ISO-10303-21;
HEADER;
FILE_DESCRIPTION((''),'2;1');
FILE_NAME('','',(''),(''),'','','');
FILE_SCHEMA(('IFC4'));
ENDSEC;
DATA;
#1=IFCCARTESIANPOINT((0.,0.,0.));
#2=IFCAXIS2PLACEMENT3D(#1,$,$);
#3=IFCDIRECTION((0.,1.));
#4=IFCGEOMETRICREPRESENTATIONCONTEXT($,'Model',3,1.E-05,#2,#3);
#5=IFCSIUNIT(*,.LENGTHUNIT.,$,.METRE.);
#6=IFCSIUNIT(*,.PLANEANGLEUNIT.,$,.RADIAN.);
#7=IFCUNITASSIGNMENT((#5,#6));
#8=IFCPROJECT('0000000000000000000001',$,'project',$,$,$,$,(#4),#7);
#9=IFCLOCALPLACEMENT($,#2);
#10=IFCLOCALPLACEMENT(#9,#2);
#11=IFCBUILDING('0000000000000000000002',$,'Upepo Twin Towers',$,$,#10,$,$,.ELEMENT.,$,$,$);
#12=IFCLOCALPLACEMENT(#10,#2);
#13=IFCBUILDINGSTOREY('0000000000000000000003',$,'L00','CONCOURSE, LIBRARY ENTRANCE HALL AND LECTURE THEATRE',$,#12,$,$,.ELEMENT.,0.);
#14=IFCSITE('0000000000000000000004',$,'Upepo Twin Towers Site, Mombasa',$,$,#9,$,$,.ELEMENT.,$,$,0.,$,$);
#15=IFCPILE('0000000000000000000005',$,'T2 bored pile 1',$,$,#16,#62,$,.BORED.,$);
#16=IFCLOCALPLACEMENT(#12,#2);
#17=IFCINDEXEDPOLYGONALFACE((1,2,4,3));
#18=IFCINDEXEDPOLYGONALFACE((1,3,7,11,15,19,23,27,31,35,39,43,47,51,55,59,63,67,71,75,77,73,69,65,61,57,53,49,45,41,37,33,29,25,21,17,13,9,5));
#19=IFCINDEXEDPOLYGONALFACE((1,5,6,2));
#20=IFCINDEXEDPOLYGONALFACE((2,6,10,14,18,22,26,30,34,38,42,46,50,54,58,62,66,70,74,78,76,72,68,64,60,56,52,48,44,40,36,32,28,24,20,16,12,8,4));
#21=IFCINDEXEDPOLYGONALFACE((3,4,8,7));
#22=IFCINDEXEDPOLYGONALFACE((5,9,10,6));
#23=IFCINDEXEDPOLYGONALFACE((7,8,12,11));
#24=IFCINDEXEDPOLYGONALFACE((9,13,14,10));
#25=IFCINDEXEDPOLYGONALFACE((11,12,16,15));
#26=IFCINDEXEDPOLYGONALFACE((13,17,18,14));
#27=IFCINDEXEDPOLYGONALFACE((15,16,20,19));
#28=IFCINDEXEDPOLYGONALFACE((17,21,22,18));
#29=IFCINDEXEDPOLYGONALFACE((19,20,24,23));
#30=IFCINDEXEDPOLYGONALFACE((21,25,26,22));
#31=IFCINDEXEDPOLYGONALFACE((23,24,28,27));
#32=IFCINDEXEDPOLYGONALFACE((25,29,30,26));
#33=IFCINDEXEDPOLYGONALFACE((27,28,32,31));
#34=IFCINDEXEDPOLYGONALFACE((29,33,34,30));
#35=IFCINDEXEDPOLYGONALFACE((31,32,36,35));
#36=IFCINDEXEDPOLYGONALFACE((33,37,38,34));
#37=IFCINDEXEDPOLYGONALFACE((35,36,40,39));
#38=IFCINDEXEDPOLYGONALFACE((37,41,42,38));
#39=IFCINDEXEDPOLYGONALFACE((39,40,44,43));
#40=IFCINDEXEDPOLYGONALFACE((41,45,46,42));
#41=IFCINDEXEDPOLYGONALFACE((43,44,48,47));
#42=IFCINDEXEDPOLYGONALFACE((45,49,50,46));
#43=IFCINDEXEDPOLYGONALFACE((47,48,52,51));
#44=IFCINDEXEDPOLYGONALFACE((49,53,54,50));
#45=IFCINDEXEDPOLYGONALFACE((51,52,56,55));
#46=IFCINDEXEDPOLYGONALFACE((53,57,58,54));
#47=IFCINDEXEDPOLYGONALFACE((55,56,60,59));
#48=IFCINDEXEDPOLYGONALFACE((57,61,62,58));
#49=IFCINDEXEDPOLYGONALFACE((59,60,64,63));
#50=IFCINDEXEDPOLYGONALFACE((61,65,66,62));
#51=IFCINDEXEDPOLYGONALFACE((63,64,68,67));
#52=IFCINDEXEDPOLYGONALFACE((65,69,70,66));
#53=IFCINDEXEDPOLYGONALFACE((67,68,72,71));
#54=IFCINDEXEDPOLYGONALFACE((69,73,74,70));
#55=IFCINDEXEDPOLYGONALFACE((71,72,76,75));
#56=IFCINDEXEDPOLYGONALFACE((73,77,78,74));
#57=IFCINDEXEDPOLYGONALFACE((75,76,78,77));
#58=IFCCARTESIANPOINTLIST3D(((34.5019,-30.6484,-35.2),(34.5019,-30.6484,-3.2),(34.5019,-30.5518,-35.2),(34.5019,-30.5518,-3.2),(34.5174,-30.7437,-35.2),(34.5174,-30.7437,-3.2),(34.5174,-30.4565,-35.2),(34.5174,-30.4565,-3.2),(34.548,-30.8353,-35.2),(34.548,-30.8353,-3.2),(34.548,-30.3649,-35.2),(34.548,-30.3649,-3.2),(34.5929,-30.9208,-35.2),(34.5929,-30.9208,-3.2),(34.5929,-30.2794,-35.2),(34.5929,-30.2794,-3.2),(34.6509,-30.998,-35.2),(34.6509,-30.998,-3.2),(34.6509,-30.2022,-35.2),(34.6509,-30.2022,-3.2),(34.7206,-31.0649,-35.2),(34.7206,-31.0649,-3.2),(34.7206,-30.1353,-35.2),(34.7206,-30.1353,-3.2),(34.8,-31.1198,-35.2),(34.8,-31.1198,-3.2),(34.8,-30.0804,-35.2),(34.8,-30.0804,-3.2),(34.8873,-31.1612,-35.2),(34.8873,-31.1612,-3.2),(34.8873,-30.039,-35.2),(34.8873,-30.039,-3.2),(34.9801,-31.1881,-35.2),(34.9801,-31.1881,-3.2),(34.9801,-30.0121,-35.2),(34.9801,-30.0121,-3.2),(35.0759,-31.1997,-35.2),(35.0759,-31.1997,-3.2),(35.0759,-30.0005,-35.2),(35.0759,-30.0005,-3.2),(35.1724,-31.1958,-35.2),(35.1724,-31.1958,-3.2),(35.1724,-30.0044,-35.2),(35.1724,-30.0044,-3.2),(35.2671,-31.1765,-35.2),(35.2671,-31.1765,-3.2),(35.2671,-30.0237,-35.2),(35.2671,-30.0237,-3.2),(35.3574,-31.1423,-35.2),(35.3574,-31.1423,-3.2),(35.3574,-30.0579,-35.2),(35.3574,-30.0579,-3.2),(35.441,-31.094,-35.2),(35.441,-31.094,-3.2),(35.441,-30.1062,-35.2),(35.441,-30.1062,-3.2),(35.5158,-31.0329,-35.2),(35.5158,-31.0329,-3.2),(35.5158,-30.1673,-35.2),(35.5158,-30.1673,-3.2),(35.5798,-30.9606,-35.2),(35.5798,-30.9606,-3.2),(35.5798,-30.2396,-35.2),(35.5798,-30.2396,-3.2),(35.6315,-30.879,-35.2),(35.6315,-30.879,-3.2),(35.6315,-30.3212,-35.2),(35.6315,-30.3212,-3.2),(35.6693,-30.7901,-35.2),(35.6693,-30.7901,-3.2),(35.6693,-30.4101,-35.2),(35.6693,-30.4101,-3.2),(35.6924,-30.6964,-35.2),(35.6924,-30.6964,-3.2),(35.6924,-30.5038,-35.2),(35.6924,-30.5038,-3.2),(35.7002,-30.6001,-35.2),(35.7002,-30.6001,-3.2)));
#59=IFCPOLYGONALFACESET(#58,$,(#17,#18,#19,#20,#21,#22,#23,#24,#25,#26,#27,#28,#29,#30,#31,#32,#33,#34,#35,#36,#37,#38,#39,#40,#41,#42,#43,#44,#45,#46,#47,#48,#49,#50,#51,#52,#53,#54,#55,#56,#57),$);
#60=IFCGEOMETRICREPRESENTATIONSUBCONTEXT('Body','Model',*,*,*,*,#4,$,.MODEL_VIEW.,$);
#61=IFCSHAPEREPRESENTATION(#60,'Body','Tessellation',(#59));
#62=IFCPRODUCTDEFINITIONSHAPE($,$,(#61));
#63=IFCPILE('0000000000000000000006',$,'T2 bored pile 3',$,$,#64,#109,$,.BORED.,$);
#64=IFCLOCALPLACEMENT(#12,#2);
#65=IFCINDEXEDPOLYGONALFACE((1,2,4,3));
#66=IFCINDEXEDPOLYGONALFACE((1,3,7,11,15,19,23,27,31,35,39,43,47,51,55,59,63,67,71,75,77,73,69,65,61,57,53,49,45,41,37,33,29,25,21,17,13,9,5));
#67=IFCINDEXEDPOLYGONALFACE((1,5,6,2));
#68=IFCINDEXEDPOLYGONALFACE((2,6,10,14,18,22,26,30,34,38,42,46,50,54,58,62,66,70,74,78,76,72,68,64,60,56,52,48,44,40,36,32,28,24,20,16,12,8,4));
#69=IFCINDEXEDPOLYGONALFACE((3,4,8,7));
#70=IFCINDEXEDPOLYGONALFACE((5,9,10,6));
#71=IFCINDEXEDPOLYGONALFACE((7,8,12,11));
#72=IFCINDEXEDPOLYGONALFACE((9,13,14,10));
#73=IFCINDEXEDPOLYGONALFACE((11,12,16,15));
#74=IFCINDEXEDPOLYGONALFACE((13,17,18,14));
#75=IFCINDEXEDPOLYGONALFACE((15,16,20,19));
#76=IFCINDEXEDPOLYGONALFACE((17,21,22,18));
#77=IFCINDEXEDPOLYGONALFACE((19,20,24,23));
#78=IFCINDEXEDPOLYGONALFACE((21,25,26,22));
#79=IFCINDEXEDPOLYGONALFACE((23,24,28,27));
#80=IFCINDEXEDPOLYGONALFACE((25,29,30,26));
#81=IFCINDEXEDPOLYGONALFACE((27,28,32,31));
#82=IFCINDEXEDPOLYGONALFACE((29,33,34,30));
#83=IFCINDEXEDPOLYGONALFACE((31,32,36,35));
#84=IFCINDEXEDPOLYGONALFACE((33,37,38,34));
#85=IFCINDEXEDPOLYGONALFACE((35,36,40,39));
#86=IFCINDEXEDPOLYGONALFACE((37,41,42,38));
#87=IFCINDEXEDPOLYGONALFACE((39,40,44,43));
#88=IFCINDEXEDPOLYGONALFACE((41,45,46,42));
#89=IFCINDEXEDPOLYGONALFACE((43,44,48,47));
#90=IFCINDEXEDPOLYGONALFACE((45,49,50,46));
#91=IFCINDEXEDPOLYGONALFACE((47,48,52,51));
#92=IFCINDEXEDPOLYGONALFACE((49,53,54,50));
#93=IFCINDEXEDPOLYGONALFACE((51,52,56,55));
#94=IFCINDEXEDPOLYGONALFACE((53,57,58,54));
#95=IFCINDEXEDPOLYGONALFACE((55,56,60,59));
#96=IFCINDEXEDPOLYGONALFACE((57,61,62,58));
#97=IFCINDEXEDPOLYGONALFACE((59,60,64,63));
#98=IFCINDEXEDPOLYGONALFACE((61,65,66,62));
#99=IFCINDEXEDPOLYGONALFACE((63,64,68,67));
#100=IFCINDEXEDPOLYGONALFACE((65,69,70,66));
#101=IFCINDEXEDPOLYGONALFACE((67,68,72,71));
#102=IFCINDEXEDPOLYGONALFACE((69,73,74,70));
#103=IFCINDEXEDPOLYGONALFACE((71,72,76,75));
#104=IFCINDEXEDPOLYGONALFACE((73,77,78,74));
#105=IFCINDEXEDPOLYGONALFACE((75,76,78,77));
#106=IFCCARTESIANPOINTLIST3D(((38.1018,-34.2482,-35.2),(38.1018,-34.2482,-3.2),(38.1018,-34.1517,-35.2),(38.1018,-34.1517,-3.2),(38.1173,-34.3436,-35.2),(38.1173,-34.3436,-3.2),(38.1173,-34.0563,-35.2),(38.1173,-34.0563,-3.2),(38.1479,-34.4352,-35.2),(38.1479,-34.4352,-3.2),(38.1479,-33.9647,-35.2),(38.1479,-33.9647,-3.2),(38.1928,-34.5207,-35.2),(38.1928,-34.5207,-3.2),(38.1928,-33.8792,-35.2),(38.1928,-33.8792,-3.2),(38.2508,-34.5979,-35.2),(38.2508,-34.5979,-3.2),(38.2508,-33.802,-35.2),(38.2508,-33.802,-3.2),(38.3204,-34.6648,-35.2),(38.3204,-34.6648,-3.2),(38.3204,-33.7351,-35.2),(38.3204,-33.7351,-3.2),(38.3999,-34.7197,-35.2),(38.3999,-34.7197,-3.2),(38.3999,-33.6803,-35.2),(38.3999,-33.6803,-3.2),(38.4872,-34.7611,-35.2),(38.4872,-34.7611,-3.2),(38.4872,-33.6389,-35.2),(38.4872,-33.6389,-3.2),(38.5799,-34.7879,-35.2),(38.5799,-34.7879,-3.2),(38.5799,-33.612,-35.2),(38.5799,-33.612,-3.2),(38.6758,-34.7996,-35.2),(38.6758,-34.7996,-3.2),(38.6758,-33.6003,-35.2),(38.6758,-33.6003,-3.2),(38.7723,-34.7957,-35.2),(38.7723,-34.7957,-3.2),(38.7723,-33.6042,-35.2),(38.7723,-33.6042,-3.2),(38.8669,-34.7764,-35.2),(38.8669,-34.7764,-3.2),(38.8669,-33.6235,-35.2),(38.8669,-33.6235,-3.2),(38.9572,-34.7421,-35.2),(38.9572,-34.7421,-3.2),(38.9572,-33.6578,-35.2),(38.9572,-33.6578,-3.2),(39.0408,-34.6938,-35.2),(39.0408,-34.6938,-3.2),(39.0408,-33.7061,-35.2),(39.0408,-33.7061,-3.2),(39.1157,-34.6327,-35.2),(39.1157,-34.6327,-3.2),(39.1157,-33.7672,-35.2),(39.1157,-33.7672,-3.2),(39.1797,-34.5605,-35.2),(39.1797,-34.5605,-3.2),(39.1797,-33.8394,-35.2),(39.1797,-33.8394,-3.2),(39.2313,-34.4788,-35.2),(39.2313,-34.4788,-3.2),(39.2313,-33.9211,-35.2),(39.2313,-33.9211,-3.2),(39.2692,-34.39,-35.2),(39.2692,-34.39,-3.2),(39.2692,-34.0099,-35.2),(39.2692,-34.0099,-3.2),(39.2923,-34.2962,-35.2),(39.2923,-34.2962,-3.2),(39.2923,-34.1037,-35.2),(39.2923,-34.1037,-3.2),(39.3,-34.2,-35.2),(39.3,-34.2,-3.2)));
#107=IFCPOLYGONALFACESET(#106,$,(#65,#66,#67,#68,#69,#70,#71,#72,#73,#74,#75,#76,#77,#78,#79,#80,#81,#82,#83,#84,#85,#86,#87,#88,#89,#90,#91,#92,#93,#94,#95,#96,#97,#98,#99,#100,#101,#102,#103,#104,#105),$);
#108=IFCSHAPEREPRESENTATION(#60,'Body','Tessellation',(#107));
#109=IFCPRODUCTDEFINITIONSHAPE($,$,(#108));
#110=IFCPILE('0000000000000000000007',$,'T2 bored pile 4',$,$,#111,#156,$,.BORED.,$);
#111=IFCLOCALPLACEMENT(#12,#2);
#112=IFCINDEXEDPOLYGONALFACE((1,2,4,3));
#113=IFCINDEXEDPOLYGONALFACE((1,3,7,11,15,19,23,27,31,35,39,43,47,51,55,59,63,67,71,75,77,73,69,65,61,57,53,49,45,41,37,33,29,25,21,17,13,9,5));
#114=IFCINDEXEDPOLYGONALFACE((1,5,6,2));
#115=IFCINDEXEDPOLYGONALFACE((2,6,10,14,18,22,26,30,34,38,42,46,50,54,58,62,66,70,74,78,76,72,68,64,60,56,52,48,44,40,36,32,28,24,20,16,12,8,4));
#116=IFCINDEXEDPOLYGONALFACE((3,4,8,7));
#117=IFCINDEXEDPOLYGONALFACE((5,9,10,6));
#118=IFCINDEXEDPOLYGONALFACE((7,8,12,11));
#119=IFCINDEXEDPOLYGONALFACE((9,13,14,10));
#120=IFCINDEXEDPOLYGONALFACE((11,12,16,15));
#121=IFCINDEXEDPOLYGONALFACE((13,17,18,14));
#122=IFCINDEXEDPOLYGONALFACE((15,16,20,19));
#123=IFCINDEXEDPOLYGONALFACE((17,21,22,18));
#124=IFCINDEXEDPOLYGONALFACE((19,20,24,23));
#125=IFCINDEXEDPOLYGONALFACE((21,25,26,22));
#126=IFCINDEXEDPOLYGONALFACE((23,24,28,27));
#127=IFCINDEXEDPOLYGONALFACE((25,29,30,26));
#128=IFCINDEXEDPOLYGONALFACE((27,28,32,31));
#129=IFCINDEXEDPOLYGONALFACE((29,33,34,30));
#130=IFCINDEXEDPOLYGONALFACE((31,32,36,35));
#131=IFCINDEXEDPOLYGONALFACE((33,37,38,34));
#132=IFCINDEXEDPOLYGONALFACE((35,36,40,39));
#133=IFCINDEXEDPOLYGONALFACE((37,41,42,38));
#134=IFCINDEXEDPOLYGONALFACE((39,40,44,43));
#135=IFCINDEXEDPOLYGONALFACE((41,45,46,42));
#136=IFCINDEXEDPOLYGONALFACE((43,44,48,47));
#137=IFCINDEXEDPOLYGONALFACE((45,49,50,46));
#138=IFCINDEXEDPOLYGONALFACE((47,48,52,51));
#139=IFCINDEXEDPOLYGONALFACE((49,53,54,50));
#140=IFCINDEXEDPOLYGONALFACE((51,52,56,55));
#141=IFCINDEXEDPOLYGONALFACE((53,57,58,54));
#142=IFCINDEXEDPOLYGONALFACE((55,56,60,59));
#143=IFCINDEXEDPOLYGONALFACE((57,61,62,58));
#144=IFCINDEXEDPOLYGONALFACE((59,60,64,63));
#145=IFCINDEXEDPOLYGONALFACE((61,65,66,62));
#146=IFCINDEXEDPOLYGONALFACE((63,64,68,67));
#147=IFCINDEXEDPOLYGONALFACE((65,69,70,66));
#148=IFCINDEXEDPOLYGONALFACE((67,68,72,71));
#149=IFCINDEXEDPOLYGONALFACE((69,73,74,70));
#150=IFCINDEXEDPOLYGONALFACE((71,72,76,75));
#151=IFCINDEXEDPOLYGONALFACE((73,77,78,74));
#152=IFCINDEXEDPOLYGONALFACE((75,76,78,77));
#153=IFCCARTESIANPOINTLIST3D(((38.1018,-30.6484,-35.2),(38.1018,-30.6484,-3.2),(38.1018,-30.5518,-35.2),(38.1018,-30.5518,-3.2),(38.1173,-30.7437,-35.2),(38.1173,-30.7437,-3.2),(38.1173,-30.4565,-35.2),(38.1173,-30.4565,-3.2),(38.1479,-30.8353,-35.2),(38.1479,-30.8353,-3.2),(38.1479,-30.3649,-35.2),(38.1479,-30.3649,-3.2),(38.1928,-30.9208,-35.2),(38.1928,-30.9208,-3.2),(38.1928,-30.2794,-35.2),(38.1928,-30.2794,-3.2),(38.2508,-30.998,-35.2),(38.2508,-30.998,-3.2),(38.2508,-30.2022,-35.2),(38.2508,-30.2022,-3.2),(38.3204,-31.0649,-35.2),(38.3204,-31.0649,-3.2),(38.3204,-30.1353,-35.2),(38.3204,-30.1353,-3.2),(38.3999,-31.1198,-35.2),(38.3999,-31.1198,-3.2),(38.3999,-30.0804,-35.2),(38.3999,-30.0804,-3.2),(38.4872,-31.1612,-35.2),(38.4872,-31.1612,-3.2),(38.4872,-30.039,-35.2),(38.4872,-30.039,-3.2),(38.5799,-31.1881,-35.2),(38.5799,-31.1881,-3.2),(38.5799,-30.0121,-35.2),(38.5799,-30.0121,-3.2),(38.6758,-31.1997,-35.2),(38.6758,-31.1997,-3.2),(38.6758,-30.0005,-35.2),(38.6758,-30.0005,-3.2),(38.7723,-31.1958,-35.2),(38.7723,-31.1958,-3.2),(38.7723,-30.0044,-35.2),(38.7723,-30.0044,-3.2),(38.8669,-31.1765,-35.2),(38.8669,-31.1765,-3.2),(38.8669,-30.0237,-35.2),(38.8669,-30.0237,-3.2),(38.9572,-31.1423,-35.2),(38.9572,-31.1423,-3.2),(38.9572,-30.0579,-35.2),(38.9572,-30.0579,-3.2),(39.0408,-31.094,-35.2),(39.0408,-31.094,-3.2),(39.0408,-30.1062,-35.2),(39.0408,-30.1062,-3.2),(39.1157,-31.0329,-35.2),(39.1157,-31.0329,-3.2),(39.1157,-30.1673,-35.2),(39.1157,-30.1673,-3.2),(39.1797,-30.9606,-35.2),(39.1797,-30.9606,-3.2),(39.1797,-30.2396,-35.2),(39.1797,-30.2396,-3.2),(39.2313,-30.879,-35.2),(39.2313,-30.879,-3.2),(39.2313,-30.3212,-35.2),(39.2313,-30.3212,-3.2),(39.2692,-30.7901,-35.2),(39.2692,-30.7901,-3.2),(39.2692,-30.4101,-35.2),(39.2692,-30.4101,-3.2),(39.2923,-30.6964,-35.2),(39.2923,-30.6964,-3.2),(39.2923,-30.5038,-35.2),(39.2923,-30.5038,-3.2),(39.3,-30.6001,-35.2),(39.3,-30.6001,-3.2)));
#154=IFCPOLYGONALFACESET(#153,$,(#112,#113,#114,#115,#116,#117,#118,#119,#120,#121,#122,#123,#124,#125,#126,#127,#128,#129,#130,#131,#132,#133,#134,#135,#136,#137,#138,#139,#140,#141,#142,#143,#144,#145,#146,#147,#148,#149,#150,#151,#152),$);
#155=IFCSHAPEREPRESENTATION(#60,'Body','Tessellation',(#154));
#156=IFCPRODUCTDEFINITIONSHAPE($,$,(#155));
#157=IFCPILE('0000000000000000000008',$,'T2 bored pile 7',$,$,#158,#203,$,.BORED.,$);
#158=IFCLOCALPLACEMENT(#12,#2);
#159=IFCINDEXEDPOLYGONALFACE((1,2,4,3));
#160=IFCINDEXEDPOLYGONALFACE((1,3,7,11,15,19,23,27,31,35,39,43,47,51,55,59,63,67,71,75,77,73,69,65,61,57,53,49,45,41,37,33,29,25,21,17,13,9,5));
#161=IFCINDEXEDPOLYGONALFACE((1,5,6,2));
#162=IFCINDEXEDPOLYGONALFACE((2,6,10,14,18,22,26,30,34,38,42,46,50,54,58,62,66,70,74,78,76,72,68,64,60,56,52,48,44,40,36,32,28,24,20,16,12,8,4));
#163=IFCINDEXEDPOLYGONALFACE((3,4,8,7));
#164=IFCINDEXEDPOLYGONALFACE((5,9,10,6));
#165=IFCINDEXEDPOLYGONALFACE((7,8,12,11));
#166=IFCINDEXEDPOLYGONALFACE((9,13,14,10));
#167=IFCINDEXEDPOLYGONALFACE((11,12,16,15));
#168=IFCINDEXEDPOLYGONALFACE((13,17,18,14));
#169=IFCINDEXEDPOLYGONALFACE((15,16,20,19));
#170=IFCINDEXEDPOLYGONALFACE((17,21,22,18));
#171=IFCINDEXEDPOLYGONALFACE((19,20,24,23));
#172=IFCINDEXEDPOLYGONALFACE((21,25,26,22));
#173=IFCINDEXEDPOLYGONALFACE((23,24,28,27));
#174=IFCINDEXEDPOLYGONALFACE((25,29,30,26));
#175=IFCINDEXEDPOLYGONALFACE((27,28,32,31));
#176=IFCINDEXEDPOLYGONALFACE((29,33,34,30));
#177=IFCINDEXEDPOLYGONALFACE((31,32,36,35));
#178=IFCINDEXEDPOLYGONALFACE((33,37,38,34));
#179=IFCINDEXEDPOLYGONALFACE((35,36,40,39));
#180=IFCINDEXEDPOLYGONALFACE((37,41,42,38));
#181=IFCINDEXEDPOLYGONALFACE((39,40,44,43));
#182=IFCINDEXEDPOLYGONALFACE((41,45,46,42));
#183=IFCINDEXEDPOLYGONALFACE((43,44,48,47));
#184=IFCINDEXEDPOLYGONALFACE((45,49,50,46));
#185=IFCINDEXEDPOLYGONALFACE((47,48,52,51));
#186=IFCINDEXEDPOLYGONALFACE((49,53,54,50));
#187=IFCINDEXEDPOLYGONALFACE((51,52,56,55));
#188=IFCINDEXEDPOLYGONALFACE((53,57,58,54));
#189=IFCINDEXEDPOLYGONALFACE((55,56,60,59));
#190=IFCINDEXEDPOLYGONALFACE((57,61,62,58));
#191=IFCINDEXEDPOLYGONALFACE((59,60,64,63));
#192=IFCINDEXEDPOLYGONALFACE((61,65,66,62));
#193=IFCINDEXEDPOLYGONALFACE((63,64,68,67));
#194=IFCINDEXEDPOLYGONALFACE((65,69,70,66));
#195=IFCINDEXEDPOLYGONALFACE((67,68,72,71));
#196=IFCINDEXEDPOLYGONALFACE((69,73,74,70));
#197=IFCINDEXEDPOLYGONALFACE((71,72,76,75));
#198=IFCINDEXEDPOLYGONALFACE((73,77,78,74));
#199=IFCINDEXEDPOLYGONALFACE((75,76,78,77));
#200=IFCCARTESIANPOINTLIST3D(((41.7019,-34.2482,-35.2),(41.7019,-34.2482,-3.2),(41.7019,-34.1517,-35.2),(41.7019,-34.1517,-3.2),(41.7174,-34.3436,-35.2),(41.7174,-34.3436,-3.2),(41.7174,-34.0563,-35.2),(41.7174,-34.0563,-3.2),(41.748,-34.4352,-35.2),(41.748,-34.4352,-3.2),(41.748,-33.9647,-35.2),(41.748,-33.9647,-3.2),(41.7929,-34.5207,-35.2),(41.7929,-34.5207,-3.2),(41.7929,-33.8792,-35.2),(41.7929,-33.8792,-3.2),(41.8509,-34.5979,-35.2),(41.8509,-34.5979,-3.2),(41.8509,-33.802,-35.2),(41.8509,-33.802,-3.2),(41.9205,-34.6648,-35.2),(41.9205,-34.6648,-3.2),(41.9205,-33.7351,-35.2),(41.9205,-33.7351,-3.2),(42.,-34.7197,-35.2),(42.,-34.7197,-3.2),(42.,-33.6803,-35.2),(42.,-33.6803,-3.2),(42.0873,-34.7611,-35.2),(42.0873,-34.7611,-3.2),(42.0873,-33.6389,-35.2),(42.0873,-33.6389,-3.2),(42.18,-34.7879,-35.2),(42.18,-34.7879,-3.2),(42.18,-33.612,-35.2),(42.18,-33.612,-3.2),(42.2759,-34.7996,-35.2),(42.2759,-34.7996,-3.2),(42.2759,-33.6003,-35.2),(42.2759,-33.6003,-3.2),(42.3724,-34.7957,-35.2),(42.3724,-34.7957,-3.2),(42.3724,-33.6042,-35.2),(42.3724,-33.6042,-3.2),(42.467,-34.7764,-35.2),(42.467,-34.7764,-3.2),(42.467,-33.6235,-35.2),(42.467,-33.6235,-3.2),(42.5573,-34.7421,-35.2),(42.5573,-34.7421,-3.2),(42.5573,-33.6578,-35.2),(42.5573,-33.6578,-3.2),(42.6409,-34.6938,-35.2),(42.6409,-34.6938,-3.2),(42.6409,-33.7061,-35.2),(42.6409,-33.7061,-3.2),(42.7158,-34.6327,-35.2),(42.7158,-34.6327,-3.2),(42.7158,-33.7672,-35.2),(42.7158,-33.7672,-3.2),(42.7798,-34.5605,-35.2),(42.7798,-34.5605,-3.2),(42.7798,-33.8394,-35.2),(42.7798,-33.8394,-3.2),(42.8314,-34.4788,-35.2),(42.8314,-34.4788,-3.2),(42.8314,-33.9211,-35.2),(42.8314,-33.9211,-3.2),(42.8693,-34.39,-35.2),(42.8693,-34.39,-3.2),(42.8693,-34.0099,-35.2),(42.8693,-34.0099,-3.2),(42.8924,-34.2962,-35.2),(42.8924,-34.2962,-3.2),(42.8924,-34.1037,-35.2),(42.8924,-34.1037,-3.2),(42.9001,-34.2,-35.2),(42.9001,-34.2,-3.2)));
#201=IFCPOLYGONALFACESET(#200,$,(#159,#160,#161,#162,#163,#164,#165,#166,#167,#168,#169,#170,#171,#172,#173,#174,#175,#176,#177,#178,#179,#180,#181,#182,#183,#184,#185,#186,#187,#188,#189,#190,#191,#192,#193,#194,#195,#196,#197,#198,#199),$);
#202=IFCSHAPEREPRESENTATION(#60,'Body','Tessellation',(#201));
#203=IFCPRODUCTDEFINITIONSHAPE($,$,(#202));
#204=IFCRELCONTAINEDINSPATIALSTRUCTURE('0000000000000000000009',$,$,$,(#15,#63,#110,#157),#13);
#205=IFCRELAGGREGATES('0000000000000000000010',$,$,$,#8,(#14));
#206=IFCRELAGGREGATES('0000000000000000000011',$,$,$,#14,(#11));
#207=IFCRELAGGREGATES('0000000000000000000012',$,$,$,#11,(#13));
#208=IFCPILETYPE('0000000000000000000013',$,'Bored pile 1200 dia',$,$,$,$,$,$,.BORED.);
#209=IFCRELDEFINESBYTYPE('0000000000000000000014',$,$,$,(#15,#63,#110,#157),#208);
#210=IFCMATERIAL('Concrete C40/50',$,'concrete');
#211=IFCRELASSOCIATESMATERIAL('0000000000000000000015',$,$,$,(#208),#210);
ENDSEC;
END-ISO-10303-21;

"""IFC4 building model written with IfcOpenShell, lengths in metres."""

from ifc_helpers import new_model, si_unit, direction, frame, origin, origin_2d, place, context, subcontext, project, spatial, circle, extrude, material, type_object, element, save


model = new_model("IFC4")

# Units and contexts
model_context = context("Model", 3, precision=1e-05, world=origin(), true_north=direction((0.0, 1.0)))
body_context = subcontext(model_context, "Body", "Model", "MODEL_VIEW")
ifc_project = project(units=[si_unit("LENGTHUNIT", "METRE"), si_unit("PLANEANGLEUNIT", "RADIAN")], contexts=[model_context])

# Site, building, storey
site_placement = place(None, origin())
site = spatial("IfcSite", under=ifc_project, at=site_placement, Name="Upepo Twin Towers Site, Mombasa", CompositionType="ELEMENT", RefElevation=0.0)
building_placement = place(site_placement, origin())
building = spatial("IfcBuilding", under=site, at=building_placement, Name="Upepo Twin Towers", CompositionType="ELEMENT")
storey_placement = place(building_placement, origin())
storey = spatial("IfcBuildingStorey", under=building, at=storey_placement, Name="L00", Description="CONCOURSE, LIBRARY ENTRANCE HALL AND LECTURE THEATRE", CompositionType="ELEMENT", Elevation=0.0)

# Piles
ifc_material_1 = material(Name="Concrete C40/50", Category="concrete")
pile_type = type_object("IfcPileType", Name="Bored pile 1200 dia", PredefinedType="BORED", material=ifc_material_1)
for number, where, z_axis, x_axis, name in (
    (1, (35.1001, -30.6001, -3.2), (0.0, 0.0, -1.0), (1.0, 0.0, 0.0), "T2 bored pile 1"),
    (2, (38.7, -34.2, -3.2), (0.0, 0.0, -1.0), (1.0, 0.0, 0.0), "T2 bored pile 3"),
    (3, (38.7, -30.6001, -3.2), (0.0, 0.0, -1.0), (1.0, 0.0, 0.0), "T2 bored pile 4"),
    (4, (42.3, -34.2, -3.2), (0.0, 0.0, -1.0), (1.0, 0.0, 0.0), "T2 bored pile 7"),
):
    element("IfcPile", number, at=place(storey_placement, frame(where, z_axis=z_axis, x_axis=x_axis)), inside=storey, type_object=pile_type, Name=name, PredefinedType="BORED", context=body_context, shape_type="SweptSolid", body=[
        extrude(circle(Radius=0.6001, at=origin_2d()), origin(), (0.0, 0.0, 1.0), 32.0),
    ])

save(model, "model.ifc")
